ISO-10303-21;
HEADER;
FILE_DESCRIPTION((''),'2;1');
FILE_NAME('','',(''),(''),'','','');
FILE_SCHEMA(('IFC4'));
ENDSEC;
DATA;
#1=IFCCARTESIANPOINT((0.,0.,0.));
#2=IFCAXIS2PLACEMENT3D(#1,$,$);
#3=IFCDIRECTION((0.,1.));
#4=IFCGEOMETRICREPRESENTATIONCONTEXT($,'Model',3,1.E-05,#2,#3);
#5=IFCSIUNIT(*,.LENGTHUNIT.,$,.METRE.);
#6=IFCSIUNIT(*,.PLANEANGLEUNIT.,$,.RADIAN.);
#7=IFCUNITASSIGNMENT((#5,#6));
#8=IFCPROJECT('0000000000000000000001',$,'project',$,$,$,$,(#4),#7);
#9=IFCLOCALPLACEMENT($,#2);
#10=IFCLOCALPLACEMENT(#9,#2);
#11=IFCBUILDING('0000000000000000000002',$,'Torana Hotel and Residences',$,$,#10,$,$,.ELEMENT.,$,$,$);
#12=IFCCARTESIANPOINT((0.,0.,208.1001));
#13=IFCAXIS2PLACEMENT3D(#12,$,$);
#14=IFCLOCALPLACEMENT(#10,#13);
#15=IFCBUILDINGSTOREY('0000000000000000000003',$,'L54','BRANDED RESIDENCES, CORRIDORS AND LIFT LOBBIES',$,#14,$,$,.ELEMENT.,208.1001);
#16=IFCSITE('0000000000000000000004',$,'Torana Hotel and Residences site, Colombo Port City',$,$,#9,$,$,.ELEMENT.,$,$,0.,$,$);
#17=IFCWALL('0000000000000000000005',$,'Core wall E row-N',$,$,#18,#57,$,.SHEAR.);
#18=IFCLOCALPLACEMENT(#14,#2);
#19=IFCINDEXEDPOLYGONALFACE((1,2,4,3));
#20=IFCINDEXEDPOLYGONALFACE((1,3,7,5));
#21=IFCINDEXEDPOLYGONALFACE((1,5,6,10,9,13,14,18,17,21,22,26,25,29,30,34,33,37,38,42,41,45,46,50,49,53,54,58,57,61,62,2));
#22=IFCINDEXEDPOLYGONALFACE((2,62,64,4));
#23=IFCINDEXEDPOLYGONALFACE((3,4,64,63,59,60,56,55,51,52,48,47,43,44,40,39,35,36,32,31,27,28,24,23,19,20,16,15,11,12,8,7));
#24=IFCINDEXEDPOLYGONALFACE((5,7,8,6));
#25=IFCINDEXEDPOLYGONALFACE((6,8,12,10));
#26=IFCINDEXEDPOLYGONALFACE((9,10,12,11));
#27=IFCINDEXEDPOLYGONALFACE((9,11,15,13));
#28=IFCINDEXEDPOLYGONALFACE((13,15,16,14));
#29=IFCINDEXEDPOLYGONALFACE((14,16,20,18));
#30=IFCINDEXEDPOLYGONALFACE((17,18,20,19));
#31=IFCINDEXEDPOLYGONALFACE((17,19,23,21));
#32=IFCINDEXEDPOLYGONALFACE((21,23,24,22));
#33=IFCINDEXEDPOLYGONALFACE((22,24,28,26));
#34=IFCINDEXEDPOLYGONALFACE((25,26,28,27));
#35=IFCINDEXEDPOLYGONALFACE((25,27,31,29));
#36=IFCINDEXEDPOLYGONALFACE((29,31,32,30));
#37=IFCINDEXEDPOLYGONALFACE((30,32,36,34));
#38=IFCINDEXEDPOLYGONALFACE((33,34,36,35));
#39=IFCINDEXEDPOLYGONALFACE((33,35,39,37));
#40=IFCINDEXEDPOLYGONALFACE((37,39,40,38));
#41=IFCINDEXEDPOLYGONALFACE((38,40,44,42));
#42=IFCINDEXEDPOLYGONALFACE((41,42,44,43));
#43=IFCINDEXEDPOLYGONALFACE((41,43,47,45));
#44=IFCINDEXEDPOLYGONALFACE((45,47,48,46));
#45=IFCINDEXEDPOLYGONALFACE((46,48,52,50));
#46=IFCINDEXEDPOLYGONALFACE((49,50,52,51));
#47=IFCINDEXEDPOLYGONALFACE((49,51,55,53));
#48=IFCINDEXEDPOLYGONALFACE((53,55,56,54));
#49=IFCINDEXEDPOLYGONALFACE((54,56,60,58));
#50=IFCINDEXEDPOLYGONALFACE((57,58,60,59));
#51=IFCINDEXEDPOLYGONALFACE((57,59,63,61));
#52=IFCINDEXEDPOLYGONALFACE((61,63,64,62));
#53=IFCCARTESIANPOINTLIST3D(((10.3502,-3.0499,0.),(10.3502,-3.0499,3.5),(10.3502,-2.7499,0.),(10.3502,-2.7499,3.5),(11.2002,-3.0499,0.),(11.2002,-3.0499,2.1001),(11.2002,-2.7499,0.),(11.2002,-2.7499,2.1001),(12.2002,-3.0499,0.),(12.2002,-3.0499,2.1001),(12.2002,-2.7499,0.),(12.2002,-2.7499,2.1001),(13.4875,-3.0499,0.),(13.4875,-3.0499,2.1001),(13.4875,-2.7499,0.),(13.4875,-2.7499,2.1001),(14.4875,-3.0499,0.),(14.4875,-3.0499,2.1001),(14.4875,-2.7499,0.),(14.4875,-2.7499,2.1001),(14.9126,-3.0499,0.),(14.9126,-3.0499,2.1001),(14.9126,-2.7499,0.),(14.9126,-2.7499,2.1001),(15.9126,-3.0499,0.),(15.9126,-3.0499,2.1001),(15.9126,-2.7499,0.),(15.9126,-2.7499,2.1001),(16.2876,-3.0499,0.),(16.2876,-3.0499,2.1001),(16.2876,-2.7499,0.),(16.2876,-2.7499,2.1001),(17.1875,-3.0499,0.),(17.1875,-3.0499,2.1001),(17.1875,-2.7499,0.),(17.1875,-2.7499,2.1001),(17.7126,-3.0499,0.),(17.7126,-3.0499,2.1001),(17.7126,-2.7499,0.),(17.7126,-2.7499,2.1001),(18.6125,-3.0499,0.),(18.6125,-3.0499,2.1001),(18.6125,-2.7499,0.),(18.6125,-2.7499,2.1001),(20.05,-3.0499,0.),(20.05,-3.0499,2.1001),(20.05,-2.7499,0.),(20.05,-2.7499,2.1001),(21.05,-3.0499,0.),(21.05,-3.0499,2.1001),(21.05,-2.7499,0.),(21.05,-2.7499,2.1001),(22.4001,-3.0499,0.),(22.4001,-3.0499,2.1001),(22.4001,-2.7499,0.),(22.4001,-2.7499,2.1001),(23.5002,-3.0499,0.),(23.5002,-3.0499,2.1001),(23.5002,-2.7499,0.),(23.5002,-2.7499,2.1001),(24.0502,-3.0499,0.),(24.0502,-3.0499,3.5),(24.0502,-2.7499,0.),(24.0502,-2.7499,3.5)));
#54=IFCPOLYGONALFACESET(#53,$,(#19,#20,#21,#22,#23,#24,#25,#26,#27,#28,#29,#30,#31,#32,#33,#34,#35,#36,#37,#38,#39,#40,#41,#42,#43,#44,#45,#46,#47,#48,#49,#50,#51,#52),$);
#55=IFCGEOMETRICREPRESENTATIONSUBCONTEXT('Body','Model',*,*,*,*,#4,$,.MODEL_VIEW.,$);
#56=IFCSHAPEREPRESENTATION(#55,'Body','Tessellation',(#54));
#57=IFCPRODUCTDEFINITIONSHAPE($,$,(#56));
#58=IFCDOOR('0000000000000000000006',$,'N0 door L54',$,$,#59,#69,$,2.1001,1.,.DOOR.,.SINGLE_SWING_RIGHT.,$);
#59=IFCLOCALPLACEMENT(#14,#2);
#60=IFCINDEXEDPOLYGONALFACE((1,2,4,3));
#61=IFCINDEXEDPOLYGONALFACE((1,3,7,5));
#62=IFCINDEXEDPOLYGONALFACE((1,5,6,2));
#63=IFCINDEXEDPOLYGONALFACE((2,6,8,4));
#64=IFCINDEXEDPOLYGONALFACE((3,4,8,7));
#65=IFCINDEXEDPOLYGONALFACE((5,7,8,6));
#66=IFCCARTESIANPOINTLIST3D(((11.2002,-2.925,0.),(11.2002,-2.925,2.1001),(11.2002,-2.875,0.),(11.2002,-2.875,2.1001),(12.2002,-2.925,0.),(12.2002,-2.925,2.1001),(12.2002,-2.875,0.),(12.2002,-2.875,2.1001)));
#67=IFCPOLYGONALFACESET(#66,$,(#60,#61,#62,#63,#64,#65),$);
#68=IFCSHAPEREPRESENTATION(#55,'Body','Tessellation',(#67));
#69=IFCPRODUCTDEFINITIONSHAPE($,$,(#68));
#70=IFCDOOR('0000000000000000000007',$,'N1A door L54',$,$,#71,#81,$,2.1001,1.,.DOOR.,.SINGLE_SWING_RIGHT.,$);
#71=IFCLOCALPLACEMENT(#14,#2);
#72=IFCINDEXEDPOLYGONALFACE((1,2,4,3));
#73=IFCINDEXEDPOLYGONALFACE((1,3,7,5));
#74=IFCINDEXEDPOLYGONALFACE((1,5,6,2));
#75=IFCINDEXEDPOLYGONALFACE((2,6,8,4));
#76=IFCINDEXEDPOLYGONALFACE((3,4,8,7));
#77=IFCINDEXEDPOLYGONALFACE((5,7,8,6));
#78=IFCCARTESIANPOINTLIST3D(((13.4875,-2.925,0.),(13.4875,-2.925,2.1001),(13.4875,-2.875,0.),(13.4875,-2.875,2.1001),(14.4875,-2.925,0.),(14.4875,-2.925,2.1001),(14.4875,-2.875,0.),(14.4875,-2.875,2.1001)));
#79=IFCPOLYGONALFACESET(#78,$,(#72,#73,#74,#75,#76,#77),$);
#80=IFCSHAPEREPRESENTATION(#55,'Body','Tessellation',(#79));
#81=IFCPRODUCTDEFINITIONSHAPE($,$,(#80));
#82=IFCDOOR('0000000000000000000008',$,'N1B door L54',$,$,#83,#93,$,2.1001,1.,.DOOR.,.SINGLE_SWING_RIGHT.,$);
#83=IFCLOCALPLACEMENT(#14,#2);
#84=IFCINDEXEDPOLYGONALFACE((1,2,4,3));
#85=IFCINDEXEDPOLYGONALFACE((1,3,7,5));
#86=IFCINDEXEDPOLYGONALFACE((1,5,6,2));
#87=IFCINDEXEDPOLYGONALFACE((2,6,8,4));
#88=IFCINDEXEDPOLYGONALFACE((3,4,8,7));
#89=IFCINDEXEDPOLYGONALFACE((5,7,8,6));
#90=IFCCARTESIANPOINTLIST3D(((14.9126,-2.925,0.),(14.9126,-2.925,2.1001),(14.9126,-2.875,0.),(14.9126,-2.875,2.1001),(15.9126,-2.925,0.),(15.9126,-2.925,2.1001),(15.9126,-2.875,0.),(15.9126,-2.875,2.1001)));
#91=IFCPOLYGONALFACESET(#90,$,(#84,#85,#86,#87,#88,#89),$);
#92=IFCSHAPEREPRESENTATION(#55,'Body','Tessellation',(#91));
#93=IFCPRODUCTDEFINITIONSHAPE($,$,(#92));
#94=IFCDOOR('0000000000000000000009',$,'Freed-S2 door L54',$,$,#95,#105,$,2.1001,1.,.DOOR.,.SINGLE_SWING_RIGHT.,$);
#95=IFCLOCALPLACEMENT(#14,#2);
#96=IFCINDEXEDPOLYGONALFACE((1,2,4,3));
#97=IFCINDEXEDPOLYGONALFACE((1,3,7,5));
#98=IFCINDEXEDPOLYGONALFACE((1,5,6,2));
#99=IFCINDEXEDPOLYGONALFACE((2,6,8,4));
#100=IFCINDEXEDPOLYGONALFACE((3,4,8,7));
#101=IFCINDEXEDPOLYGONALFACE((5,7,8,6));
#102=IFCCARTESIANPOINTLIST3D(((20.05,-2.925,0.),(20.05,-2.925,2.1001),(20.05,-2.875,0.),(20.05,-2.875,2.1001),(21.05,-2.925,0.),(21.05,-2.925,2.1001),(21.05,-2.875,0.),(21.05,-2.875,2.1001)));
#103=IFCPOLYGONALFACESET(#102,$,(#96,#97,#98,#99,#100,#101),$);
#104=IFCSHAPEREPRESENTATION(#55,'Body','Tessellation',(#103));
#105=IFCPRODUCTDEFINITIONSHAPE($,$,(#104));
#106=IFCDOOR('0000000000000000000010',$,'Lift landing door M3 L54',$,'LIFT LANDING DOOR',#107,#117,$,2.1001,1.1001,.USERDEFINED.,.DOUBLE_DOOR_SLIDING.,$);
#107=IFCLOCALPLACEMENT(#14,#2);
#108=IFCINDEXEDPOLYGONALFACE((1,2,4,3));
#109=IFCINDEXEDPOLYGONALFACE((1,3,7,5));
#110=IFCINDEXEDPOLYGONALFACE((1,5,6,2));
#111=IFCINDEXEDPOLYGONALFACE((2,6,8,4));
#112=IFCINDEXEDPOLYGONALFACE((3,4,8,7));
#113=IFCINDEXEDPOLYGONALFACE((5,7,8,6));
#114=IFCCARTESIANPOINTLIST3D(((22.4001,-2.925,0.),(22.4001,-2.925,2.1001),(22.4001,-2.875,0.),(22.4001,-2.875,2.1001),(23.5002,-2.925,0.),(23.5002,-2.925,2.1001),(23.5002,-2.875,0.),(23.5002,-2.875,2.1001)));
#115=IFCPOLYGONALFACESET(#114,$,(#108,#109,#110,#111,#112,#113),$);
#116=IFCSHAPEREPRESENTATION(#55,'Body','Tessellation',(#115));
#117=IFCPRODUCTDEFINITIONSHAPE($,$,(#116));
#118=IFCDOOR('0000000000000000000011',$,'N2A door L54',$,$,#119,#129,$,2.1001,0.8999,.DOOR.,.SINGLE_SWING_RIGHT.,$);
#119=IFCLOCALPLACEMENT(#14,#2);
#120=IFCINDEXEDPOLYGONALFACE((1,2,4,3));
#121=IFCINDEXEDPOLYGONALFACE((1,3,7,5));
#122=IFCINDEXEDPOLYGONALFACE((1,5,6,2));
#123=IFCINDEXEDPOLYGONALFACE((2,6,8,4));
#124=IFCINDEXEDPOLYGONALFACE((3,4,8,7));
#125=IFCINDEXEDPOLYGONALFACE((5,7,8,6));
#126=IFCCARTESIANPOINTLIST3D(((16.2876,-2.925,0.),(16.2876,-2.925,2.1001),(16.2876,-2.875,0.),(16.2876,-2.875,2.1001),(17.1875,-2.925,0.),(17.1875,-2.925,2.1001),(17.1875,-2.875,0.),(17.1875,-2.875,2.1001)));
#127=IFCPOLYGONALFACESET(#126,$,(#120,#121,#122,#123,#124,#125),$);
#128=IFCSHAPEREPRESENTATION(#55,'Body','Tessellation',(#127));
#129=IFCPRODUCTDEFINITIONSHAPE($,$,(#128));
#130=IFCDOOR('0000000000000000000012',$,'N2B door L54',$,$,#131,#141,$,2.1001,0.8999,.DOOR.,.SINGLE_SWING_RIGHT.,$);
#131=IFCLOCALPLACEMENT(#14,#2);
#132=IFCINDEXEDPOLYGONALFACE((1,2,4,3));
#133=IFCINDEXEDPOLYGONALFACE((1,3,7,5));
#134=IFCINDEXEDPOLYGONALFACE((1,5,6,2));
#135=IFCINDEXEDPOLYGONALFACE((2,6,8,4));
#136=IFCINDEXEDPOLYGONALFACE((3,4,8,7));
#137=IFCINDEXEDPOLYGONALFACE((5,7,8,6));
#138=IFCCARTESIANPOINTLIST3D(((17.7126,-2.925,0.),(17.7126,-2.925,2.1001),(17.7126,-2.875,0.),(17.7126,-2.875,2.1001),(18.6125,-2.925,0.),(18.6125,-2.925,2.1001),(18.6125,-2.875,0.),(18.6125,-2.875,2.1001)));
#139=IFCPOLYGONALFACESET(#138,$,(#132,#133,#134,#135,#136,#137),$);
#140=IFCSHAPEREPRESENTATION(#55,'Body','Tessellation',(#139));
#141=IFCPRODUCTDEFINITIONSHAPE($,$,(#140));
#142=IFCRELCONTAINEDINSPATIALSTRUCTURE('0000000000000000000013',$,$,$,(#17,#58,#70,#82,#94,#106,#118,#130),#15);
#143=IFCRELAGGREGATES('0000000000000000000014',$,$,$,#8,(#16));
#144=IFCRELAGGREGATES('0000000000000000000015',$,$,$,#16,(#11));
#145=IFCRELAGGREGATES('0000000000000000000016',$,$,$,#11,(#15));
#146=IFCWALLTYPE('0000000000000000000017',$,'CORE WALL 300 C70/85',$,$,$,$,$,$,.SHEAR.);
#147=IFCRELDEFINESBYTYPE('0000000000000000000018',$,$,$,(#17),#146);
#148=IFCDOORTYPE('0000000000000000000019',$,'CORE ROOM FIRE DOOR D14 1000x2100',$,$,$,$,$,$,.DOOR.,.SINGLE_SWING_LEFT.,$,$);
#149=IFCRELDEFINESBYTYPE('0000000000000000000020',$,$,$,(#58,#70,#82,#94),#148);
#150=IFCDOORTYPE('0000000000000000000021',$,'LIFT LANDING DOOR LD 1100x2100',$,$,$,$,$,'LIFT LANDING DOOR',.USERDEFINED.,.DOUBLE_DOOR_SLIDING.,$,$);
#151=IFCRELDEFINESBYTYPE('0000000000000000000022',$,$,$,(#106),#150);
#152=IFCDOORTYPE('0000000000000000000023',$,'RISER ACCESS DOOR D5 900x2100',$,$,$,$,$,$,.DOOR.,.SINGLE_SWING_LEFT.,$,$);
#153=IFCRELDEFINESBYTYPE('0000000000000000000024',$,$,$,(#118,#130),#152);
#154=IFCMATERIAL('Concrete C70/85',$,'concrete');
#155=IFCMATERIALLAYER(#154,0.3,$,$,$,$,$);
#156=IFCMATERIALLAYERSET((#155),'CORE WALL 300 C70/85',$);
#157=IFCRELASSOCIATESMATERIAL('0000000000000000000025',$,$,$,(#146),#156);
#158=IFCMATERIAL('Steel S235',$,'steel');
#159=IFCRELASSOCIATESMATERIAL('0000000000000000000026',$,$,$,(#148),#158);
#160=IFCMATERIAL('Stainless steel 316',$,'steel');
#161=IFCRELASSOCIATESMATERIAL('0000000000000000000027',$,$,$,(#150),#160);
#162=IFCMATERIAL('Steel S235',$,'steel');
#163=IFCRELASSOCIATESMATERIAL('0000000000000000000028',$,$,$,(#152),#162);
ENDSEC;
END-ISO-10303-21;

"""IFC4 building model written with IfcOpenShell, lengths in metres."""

from ifc_helpers import new_model, si_unit, direction, frame, frame_2d, origin, place, context, subcontext, project, spatial, rectangle, extrude, material, layer, layer_set, type_object, element, fill, save


model = new_model("IFC4")

# Units and contexts
model_context = context("Model", 3, precision=1e-05, world=origin(), true_north=direction((0.0, 1.0)))
body_context = subcontext(model_context, "Body", "Model", "MODEL_VIEW")
ifc_project = project(units=[si_unit("LENGTHUNIT", "METRE"), si_unit("PLANEANGLEUNIT", "RADIAN")], contexts=[model_context])

# Site, building, storey
site_placement = place(None, origin())
site = spatial("IfcSite", under=ifc_project, at=site_placement, Name="Torana Hotel and Residences site, Colombo Port City", CompositionType="ELEMENT", RefElevation=0.0)
building_placement = place(site_placement, origin())
building = spatial("IfcBuilding", under=site, at=building_placement, Name="Torana Hotel and Residences", CompositionType="ELEMENT")
storey_placement = place(building_placement, frame((0.0, 0.0, 208.1001)))
storey = spatial("IfcBuildingStorey", under=building, at=storey_placement, Name="L54", Description="BRANDED RESIDENCES, CORRIDORS AND LIFT LOBBIES", CompositionType="ELEMENT", Elevation=208.1001)

# Wall, openings, doors
ifc_material_1 = material(Name="Concrete C70/85", Category="concrete")
ifc_layer_1 = layer(ifc_material_1, 0.3)
ifc_layer_set_1 = layer_set([ifc_layer_1], Name="CORE WALL 300 C70/85")
wall_type_1 = type_object("IfcWallType", Name="CORE WALL 300 C70/85", PredefinedType="SHEAR", material=ifc_layer_set_1)
wall_1_placement = place(storey_placement, frame((10.3501, -2.8999, 0.0), z_axis=(0.0, 0.0, 1.0), x_axis=(1.0, 0.0, 0.0)))
wall_1 = element("IfcWall", 1, at=wall_1_placement, inside=storey, type_object=wall_type_1, Name="Core wall E row-N", PredefinedType="SHEAR", context=body_context, shape_type="SweptSolid", body=[
    extrude(rectangle(XDim=13.7, YDim=0.3, at=frame_2d((6.8501, 0.0))), origin(), (0.0, 0.0, 1.0), 3.5),
])
opening_1_placement = place(wall_1_placement, frame((12.05, 0.0, 0.0)))
opening_1 = element("IfcOpeningElement", 2, at=opening_1_placement, cuts=wall_1, PredefinedType="OPENING", context=body_context, shape_type="SweptSolid", body=[
    extrude(rectangle(XDim=1.1001, YDim=2.1001, at=frame_2d((0.55, 1.05))), frame((0.0, 0.1599, 0.0), z_axis=(0.0, -1.0, 0.0), x_axis=(1.0, 0.0, 0.0)), (0.0, 0.0, 1.0), 0.3201),
])
opening_2_placement = place(wall_1_placement, frame((5.9375, 0.0, 0.0)))
opening_2 = element("IfcOpeningElement", 3, at=opening_2_placement, cuts=wall_1, PredefinedType="OPENING", context=body_context, shape_type="SweptSolid", body=[
    extrude(rectangle(XDim=0.8999, YDim=2.1001, at=frame_2d((0.45, 1.05))), frame((0.0, 0.1599, 0.0), z_axis=(0.0, -1.0, 0.0), x_axis=(1.0, 0.0, 0.0)), (0.0, 0.0, 1.0), 0.3201),
])
opening_3_placement = place(wall_1_placement, frame((7.3625, 0.0, 0.0)))
opening_3 = element("IfcOpeningElement", 4, at=opening_3_placement, cuts=wall_1, PredefinedType="OPENING", context=body_context, shape_type="SweptSolid", body=[
    extrude(rectangle(XDim=0.8999, YDim=2.1001, at=frame_2d((0.45, 1.05))), frame((0.0, 0.1599, 0.0), z_axis=(0.0, -1.0, 0.0), x_axis=(1.0, 0.0, 0.0)), (0.0, 0.0, 1.0), 0.3201),
])
opening_4_placement = place(wall_1_placement, frame((0.8501, 0.0, 0.0)))
opening_4 = element("IfcOpeningElement", 5, at=opening_4_placement, cuts=wall_1, PredefinedType="OPENING", context=body_context, shape_type="SweptSolid", body=[
    extrude(rectangle(XDim=1.0, YDim=2.1001, at=frame_2d((0.5, 1.05))), frame((0.0, 0.1599, 0.0), z_axis=(0.0, -1.0, 0.0), x_axis=(1.0, 0.0, 0.0)), (0.0, 0.0, 1.0), 0.3201),
])
opening_5_placement = place(wall_1_placement, frame((3.1375, 0.0, 0.0)))
opening_5 = element("IfcOpeningElement", 6, at=opening_5_placement, cuts=wall_1, PredefinedType="OPENING", context=body_context, shape_type="SweptSolid", body=[
    extrude(rectangle(XDim=1.0, YDim=2.1001, at=frame_2d((0.5, 1.05))), frame((0.0, 0.1599, 0.0), z_axis=(0.0, -1.0, 0.0), x_axis=(1.0, 0.0, 0.0)), (0.0, 0.0, 1.0), 0.3201),
])
opening_6_placement = place(wall_1_placement, frame((4.5625, 0.0, 0.0)))
opening_6 = element("IfcOpeningElement", 7, at=opening_6_placement, cuts=wall_1, PredefinedType="OPENING", context=body_context, shape_type="SweptSolid", body=[
    extrude(rectangle(XDim=1.0, YDim=2.1001, at=frame_2d((0.5, 1.05))), frame((0.0, 0.1599, 0.0), z_axis=(0.0, -1.0, 0.0), x_axis=(1.0, 0.0, 0.0)), (0.0, 0.0, 1.0), 0.3201),
])
opening_7_placement = place(wall_1_placement, frame((9.7, 0.0, 0.0)))
opening_7 = element("IfcOpeningElement", 8, at=opening_7_placement, cuts=wall_1, PredefinedType="OPENING", context=body_context, shape_type="SweptSolid", body=[
    extrude(rectangle(XDim=1.0, YDim=2.1001, at=frame_2d((0.5, 1.05))), frame((0.0, 0.1599, 0.0), z_axis=(0.0, -1.0, 0.0), x_axis=(1.0, 0.0, 0.0)), (0.0, 0.0, 1.0), 0.3201),
])
ifc_material_2 = material(Name="Steel S235", Category="steel")
door_type_1 = type_object("IfcDoorType", Name="CORE ROOM FIRE DOOR D14 1000x2100", OperationType="SINGLE_SWING_LEFT", PredefinedType="DOOR", material=ifc_material_2)
door_1_placement = place(opening_4_placement, origin())
door_1 = element("IfcDoor", 9, at=door_1_placement, inside=storey, type_object=door_type_1, Name="N0 door L54", OperationType="SINGLE_SWING_RIGHT", OverallHeight=2.1001, OverallWidth=1.0, PredefinedType="DOOR", context=body_context, shape_type="SweptSolid", body=[
    extrude(rectangle(XDim=1.0, YDim=2.1001, at=frame_2d((0.5, 1.05))), frame((0.0, 0.0249, 0.0), z_axis=(0.0, -1.0, 0.0), x_axis=(1.0, 0.0, 0.0)), (0.0, 0.0, 1.0), 0.05),
])
fill(opening_4, door_1)
door_2_placement = place(opening_5_placement, origin())
door_2 = element("IfcDoor", 10, at=door_2_placement, inside=storey, type_object=door_type_1, Name="N1A door L54", OperationType="SINGLE_SWING_RIGHT", OverallHeight=2.1001, OverallWidth=1.0, PredefinedType="DOOR", context=body_context, shape_type="SweptSolid", body=[
    extrude(rectangle(XDim=1.0, YDim=2.1001, at=frame_2d((0.5, 1.05))), frame((0.0, 0.0249, 0.0), z_axis=(0.0, -1.0, 0.0), x_axis=(1.0, 0.0, 0.0)), (0.0, 0.0, 1.0), 0.05),
])
fill(opening_5, door_2)
door_3_placement = place(opening_6_placement, origin())
door_3 = element("IfcDoor", 11, at=door_3_placement, inside=storey, type_object=door_type_1, Name="N1B door L54", OperationType="SINGLE_SWING_RIGHT", OverallHeight=2.1001, OverallWidth=1.0, PredefinedType="DOOR", context=body_context, shape_type="SweptSolid", body=[
    extrude(rectangle(XDim=1.0, YDim=2.1001, at=frame_2d((0.5, 1.05))), frame((0.0, 0.0249, 0.0), z_axis=(0.0, -1.0, 0.0), x_axis=(1.0, 0.0, 0.0)), (0.0, 0.0, 1.0), 0.05),
])
fill(opening_6, door_3)
door_4_placement = place(opening_7_placement, origin())
door_4 = element("IfcDoor", 12, at=door_4_placement, inside=storey, type_object=door_type_1, Name="Freed-S2 door L54", OperationType="SINGLE_SWING_RIGHT", OverallHeight=2.1001, OverallWidth=1.0, PredefinedType="DOOR", context=body_context, shape_type="SweptSolid", body=[
    extrude(rectangle(XDim=1.0, YDim=2.1001, at=frame_2d((0.5, 1.05))), frame((0.0, 0.0249, 0.0), z_axis=(0.0, -1.0, 0.0), x_axis=(1.0, 0.0, 0.0)), (0.0, 0.0, 1.0), 0.05),
])
fill(opening_7, door_4)
ifc_material_3 = material(Name="Stainless steel 316", Category="steel")
door_type_2 = type_object("IfcDoorType", Name="LIFT LANDING DOOR LD 1100x2100", ElementType="LIFT LANDING DOOR", OperationType="DOUBLE_DOOR_SLIDING", PredefinedType="USERDEFINED", material=ifc_material_3)
door_5_placement = place(opening_1_placement, origin())
door_5 = element("IfcDoor", 13, at=door_5_placement, inside=storey, type_object=door_type_2, Name="Lift landing door M3 L54", ObjectType="LIFT LANDING DOOR", OperationType="DOUBLE_DOOR_SLIDING", OverallHeight=2.1001, OverallWidth=1.1001, PredefinedType="USERDEFINED", context=body_context, shape_type="SweptSolid", body=[
    extrude(rectangle(XDim=1.1001, YDim=2.1001, at=frame_2d((0.55, 1.05))), frame((0.0, 0.0249, 0.0), z_axis=(0.0, -1.0, 0.0), x_axis=(1.0, 0.0, 0.0)), (0.0, 0.0, 1.0), 0.05),
])
fill(opening_1, door_5)
ifc_material_4 = material(Name="Steel S235", Category="steel")
door_type_3 = type_object("IfcDoorType", Name="RISER ACCESS DOOR D5 900x2100", OperationType="SINGLE_SWING_LEFT", PredefinedType="DOOR", material=ifc_material_4)
door_6_placement = place(opening_2_placement, origin())
door_6 = element("IfcDoor", 14, at=door_6_placement, inside=storey, type_object=door_type_3, Name="N2A door L54", OperationType="SINGLE_SWING_RIGHT", OverallHeight=2.1001, OverallWidth=0.8999, PredefinedType="DOOR", context=body_context, shape_type="SweptSolid", body=[
    extrude(rectangle(XDim=0.8999, YDim=2.1001, at=frame_2d((0.45, 1.05))), frame((0.0, 0.0249, 0.0), z_axis=(0.0, -1.0, 0.0), x_axis=(1.0, 0.0, 0.0)), (0.0, 0.0, 1.0), 0.05),
])
fill(opening_2, door_6)
door_7_placement = place(opening_3_placement, origin())
door_7 = element("IfcDoor", 15, at=door_7_placement, inside=storey, type_object=door_type_3, Name="N2B door L54", OperationType="SINGLE_SWING_RIGHT", OverallHeight=2.1001, OverallWidth=0.8999, PredefinedType="DOOR", context=body_context, shape_type="SweptSolid", body=[
    extrude(rectangle(XDim=0.8999, YDim=2.1001, at=frame_2d((0.45, 1.05))), frame((0.0, 0.0249, 0.0), z_axis=(0.0, -1.0, 0.0), x_axis=(1.0, 0.0, 0.0)), (0.0, 0.0, 1.0), 0.05),
])
fill(opening_3, door_7)

save(model, "model.ifc")
